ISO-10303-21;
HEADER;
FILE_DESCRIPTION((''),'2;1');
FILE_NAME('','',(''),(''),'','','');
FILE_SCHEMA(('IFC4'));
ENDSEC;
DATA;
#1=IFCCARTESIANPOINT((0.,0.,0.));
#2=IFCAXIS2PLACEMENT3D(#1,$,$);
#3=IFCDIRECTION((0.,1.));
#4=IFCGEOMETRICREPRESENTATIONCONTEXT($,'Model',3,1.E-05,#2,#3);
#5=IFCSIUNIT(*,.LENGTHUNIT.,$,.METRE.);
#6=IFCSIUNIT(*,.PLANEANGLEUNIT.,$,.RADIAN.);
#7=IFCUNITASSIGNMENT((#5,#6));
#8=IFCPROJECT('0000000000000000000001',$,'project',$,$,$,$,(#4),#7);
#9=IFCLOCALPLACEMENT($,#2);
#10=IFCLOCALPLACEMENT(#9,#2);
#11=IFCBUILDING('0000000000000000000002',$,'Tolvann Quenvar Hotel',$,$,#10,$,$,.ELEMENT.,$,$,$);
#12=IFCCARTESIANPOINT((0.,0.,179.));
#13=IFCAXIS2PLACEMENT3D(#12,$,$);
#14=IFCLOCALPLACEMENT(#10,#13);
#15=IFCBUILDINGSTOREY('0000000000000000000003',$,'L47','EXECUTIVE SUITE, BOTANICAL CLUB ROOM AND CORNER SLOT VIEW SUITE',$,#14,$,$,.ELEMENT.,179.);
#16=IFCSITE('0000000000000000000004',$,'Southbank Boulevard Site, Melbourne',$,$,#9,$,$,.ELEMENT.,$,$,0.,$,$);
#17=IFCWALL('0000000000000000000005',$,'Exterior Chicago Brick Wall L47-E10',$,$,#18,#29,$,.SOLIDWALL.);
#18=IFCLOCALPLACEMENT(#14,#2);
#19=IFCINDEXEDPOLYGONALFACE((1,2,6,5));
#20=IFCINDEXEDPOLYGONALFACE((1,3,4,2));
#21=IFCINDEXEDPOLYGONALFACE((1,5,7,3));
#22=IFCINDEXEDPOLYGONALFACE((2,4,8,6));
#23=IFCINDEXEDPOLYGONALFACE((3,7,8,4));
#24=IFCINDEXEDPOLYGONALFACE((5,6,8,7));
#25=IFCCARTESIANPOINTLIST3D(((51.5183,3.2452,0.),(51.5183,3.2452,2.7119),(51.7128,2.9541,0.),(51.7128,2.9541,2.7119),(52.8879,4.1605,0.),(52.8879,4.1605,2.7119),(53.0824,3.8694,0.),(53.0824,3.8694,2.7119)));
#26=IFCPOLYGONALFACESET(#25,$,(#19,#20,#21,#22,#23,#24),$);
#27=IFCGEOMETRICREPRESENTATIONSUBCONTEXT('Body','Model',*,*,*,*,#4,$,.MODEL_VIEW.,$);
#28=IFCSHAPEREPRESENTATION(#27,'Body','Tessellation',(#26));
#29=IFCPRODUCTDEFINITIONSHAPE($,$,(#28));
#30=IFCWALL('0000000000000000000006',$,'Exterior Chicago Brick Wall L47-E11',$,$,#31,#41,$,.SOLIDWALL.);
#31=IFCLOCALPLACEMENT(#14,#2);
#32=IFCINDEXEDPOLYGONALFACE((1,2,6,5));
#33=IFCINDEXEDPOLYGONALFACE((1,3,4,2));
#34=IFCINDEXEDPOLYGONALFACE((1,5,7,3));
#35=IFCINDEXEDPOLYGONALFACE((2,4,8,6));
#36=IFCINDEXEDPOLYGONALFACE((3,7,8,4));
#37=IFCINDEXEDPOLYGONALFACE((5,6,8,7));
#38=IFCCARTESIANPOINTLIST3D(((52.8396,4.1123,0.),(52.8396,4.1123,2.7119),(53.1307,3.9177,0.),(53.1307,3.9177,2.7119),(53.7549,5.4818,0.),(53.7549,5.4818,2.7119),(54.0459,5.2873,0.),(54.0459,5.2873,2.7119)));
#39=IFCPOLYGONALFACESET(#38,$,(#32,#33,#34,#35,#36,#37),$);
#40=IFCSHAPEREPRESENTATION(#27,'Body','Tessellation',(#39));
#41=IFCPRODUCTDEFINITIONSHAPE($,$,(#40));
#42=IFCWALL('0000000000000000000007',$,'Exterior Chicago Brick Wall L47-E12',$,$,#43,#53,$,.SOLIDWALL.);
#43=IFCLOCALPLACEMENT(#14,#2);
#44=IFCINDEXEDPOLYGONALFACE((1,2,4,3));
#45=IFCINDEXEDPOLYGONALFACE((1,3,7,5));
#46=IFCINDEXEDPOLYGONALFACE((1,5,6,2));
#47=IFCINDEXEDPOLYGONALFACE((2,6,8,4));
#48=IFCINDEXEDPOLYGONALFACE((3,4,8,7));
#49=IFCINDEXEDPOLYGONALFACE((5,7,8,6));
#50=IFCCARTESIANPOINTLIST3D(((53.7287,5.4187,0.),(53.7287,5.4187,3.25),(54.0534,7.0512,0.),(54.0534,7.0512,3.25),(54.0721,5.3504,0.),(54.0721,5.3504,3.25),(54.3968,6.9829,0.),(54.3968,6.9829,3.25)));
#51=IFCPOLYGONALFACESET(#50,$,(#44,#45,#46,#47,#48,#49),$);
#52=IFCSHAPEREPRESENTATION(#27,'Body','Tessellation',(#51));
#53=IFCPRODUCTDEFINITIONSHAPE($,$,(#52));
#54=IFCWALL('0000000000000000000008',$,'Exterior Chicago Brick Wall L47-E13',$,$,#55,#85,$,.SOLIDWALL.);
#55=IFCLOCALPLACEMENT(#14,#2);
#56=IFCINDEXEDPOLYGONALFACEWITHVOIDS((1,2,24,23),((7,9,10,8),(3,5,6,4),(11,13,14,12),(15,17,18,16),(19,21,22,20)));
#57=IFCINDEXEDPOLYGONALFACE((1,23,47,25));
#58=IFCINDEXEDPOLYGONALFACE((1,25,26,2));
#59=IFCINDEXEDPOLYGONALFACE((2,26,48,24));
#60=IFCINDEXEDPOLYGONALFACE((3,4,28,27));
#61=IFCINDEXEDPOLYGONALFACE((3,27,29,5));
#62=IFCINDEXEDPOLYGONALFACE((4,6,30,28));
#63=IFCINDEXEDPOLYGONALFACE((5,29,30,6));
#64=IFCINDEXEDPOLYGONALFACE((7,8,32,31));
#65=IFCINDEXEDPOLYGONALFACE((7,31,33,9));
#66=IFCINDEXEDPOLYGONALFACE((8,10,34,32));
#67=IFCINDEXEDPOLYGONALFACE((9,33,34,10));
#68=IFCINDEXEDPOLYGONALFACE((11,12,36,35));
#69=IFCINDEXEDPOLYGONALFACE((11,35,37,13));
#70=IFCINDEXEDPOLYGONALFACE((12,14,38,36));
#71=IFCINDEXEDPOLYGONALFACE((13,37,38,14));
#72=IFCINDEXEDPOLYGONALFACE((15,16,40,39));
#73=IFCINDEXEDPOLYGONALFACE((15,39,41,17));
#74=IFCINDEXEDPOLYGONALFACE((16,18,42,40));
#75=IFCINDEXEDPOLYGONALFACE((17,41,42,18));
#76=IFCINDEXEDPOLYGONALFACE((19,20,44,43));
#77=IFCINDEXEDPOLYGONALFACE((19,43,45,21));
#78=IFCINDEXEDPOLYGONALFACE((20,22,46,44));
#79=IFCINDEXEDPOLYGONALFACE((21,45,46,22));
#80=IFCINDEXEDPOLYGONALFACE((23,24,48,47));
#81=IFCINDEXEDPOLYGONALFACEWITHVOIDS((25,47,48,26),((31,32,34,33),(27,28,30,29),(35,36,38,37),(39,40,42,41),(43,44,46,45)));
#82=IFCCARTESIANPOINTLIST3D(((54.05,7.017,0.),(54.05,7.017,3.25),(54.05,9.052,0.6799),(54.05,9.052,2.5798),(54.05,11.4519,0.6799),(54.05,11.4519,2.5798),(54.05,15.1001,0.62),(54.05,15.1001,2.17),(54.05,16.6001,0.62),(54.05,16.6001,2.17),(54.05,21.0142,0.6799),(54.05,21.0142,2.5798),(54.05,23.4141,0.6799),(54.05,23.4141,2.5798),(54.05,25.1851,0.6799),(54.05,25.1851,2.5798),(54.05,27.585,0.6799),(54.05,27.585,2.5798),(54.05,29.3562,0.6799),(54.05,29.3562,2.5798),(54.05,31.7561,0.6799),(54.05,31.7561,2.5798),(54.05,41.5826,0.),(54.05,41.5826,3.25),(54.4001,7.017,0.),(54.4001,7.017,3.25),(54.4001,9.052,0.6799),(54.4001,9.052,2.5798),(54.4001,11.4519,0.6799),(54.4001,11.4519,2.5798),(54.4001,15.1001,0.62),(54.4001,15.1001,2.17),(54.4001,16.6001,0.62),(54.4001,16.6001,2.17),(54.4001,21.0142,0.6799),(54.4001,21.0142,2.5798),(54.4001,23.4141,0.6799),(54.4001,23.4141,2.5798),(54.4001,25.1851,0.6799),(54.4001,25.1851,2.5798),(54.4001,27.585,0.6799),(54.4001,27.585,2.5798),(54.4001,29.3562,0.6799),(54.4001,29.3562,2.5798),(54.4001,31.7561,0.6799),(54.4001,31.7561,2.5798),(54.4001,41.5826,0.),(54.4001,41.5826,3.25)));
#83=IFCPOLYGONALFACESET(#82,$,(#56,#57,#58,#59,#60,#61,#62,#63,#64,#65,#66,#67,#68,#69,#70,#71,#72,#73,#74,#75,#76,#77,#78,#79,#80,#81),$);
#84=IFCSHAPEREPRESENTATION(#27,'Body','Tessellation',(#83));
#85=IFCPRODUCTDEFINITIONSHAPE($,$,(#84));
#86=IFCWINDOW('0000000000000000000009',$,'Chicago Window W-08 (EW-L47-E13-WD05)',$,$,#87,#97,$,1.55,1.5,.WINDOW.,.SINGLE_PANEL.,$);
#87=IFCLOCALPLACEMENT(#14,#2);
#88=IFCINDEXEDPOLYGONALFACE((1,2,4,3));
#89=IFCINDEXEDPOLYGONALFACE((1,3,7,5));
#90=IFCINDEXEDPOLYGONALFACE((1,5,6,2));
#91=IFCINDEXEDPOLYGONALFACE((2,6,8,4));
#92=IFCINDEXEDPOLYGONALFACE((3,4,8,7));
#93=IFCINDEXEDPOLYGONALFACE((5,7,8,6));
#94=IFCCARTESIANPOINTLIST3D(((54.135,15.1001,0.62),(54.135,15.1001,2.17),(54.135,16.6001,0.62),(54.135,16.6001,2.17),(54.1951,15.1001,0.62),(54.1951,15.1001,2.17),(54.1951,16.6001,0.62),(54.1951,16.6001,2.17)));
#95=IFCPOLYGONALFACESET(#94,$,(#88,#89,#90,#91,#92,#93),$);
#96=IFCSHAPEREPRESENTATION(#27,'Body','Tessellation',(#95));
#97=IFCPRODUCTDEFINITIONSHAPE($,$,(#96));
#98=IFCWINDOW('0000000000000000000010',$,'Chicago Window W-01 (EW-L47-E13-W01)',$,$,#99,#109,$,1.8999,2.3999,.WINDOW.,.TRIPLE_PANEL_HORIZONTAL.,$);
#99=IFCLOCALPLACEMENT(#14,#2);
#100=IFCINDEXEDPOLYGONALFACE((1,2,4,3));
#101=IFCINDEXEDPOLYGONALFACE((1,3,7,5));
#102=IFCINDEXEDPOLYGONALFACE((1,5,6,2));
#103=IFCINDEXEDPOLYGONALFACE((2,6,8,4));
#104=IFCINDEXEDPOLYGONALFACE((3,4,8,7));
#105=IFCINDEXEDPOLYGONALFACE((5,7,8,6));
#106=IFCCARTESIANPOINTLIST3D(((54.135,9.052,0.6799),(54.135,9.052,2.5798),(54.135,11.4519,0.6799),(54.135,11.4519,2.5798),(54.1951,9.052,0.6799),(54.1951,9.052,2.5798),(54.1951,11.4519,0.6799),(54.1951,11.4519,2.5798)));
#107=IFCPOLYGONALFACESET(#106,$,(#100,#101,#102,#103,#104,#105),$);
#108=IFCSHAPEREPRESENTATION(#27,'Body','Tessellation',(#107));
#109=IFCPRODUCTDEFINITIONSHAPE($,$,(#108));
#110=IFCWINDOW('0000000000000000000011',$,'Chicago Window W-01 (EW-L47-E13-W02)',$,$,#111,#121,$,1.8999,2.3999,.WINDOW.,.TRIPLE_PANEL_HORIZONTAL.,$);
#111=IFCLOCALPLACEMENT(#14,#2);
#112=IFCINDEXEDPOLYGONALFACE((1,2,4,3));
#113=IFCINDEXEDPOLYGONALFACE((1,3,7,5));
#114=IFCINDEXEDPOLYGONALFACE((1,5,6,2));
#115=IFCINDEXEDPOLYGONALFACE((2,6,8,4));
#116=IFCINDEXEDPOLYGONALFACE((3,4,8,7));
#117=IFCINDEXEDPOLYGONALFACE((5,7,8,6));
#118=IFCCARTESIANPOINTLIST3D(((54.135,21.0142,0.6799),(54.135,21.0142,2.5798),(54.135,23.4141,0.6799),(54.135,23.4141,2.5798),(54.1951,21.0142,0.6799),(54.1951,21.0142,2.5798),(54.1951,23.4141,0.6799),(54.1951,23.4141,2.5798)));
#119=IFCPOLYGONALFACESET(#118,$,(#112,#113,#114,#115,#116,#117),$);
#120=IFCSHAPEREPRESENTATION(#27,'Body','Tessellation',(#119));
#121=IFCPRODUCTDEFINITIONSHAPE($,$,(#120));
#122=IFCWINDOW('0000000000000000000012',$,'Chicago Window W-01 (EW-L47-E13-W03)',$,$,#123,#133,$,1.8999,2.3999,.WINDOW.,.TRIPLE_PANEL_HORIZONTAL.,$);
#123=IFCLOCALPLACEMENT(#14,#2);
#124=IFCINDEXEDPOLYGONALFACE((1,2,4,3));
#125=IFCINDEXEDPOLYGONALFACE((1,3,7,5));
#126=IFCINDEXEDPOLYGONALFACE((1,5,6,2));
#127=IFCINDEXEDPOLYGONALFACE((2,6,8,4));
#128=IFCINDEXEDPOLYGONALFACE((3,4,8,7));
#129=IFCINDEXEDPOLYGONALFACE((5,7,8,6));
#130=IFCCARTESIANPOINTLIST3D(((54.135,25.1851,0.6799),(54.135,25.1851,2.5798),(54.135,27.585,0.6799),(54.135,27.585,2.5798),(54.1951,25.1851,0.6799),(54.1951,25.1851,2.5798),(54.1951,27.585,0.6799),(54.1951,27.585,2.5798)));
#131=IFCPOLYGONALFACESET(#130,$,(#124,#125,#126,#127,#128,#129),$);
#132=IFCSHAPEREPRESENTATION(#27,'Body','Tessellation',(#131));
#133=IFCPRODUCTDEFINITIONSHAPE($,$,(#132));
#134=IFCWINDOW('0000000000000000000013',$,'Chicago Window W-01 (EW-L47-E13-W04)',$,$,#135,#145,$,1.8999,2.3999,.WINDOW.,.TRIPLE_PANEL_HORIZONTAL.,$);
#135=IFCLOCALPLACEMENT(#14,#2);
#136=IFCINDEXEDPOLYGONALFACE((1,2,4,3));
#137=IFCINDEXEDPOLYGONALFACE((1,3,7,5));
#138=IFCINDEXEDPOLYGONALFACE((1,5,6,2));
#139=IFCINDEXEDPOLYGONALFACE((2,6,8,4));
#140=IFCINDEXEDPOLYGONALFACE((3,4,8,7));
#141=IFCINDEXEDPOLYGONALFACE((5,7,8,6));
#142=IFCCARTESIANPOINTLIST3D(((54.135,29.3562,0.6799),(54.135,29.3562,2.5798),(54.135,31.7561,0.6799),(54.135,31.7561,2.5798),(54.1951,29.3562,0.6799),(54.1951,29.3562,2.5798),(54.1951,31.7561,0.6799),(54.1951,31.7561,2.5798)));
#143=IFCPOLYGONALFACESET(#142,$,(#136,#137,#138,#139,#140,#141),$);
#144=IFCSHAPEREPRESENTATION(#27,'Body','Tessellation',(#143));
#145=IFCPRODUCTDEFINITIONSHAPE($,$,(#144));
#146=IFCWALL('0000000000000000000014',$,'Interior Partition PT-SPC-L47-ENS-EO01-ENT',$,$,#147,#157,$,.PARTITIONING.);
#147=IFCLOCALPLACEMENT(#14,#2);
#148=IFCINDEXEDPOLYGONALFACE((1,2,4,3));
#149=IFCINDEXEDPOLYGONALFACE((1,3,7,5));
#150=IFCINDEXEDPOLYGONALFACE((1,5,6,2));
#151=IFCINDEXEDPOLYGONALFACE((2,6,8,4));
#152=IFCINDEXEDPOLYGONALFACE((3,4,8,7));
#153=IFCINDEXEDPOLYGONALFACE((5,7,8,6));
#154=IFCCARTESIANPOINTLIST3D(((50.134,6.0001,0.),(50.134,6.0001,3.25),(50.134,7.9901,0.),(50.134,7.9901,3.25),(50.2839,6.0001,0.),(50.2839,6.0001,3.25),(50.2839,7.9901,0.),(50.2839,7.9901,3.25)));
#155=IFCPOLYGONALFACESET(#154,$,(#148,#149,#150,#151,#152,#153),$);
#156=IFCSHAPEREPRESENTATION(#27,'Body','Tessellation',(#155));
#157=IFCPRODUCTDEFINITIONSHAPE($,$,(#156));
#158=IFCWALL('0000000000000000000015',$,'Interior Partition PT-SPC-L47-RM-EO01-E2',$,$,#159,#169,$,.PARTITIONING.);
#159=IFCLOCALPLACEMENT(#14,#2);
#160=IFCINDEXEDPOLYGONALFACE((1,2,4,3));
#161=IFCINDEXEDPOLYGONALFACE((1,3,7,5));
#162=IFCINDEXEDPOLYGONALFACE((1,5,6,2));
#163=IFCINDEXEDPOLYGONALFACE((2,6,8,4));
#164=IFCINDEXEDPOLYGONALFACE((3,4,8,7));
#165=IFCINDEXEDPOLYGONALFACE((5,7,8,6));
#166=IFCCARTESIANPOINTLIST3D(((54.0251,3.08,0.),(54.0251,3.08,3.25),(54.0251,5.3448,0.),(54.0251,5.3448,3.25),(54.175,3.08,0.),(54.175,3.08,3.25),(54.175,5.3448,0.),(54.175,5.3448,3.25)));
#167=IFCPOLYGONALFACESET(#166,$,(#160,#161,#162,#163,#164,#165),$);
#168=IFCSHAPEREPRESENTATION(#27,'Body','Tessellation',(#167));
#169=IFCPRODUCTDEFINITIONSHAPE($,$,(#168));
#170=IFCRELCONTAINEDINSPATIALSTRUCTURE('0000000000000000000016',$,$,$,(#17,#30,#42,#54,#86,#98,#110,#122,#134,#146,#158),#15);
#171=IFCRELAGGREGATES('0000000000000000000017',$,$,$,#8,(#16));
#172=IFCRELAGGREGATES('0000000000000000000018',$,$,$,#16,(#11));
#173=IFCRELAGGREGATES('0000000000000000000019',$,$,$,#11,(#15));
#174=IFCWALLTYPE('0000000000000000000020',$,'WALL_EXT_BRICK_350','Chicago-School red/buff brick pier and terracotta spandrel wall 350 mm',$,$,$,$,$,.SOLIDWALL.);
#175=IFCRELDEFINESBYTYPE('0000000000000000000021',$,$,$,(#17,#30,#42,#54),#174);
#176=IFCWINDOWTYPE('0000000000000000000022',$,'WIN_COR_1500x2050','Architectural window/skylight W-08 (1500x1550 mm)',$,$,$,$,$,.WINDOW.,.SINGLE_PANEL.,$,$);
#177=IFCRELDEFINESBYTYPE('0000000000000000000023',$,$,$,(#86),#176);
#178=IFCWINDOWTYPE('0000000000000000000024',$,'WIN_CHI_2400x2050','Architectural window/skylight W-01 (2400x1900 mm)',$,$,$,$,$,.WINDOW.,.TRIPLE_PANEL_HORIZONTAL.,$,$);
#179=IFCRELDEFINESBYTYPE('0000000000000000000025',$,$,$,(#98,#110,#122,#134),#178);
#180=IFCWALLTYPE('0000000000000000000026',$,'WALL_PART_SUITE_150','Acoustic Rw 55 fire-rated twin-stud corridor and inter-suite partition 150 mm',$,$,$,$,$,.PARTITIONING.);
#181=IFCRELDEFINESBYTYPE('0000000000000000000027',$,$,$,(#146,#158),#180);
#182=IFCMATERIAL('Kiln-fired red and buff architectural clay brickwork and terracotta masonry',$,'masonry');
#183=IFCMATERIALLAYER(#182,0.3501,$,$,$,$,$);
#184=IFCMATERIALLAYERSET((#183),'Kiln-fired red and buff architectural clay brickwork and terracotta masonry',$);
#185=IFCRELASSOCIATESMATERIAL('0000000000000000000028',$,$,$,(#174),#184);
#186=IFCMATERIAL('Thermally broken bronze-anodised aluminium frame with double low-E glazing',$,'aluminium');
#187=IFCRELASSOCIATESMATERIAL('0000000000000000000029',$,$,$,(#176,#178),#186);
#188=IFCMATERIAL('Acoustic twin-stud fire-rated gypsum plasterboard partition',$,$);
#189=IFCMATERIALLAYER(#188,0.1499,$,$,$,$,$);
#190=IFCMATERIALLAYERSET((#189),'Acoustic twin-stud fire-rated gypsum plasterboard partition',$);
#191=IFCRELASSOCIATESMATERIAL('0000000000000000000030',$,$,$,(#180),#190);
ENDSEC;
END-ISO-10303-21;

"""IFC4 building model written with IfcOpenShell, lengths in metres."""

from ifc_helpers import new_model, si_unit, direction, frame, frame_2d, origin, place, context, subcontext, project, spatial, rectangle, extrude, source, transform, mapped, material, layer, layer_set, type_object, type_shapes, element, fill, save


model = new_model("IFC4")

# Units and contexts
model_context = context("Model", 3, precision=1e-05, world=origin(), true_north=direction((0.0, 1.0)))
body_context = subcontext(model_context, "Body", "Model", "MODEL_VIEW")
ifc_project = project(units=[si_unit("LENGTHUNIT", "METRE"), si_unit("PLANEANGLEUNIT", "RADIAN")], contexts=[model_context])

# Site, building, storey
site_placement = place(None, origin())
site = spatial("IfcSite", under=ifc_project, at=site_placement, Name="Southbank Boulevard Site, Melbourne", CompositionType="ELEMENT", RefElevation=0.0)
building_placement = place(site_placement, origin())
building = spatial("IfcBuilding", under=site, at=building_placement, Name="Tolvann Quenvar Hotel", CompositionType="ELEMENT")
storey_placement = place(building_placement, frame((0.0, 0.0, 179.0)))
storey = spatial("IfcBuildingStorey", under=building, at=storey_placement, Name="L47", Description="EXECUTIVE SUITE, BOTANICAL CLUB ROOM AND CORNER SLOT VIEW SUITE", CompositionType="ELEMENT", Elevation=179.0)

# Walls
ifc_material_1 = material(Name="Kiln-fired red and buff architectural clay brickwork and terracotta masonry", Category="masonry")
ifc_layer_1 = layer(ifc_material_1, 0.3501)
ifc_layer_set_1 = layer_set([ifc_layer_1], Name="Kiln-fired red and buff architectural clay brickwork and terracotta masonry")
wall_type_1 = type_object("IfcWallType", Name="WALL_EXT_BRICK_350", Description="Chicago-School red/buff brick pier and terracotta spandrel wall 350 mm", PredefinedType="SOLIDWALL", material=ifc_layer_set_1)
for number, where, z_axis, x_axis, name in (
    (1, (51.6155, 3.0996, 0.0), (0.0, 0.0, 1.0), (0.831434, 0.555623, 0.0), "Exterior Chicago Brick Wall L47-E10"),
    (2, (52.9851, 4.0149, 0.0), (0.0, 0.0, 1.0), (0.555623, 0.831434, 0.0), "Exterior Chicago Brick Wall L47-E11"),
):
    element("IfcWall", number, at=place(storey_placement, frame(where, z_axis=z_axis, x_axis=x_axis)), inside=storey, type_object=wall_type_1, Name=name, PredefinedType="SOLIDWALL", context=body_context, shape_type="SweptSolid", body=[
        extrude(rectangle(XDim=1.6472, YDim=0.3501, at=frame_2d((0.8237, 0.0))), origin(), (0.0, 0.0, 1.0), 2.7119),
    ])
wall_1_placement = place(storey_placement, frame((53.9004, 5.3845, 0.0), z_axis=(0.0, 0.0, 1.0), x_axis=(0.195072, 0.980789, 0.0)))
element("IfcWall", 3, at=wall_1_placement, inside=storey, type_object=wall_type_1, Name="Exterior Chicago Brick Wall L47-E12", PredefinedType="SOLIDWALL", context=body_context, shape_type="SweptSolid", body=[
    extrude(rectangle(XDim=1.6646, YDim=0.3501, at=frame_2d((0.8323, 0.0))), origin(), (0.0, 0.0, 1.0), 3.25),
])

# Wall, openings, windows
wall_2_placement = place(storey_placement, frame((54.2251, 7.0171, 0.0), z_axis=(0.0, 0.0, 1.0), x_axis=(0.0, 1.0, 0.0)))
wall_2 = element("IfcWall", 4, at=wall_2_placement, inside=storey, type_object=wall_type_1, Name="Exterior Chicago Brick Wall L47-E13", PredefinedType="SOLIDWALL", context=body_context, shape_type="SweptSolid", body=[
    extrude(rectangle(XDim=34.5657, YDim=0.3501, at=frame_2d((17.2827, 0.0))), origin(), (0.0, 0.0, 1.0), 3.25),
])
opening_1_placement = place(wall_2_placement, frame((2.0349, 0.0, 0.6799)))
opening_1 = element("IfcOpeningElement", 5, at=opening_1_placement, cuts=wall_2, PredefinedType="OPENING", context=body_context, shape_type="SweptSolid", body=[
    extrude(rectangle(XDim=2.3999, YDim=1.8999, at=frame_2d((1.2, 0.95))), frame((0.0, 0.1851, 0.0), z_axis=(0.0, -1.0, 0.0), x_axis=(1.0, 0.0, 0.0)), (0.0, 0.0, 1.0), 0.3701),
])
opening_2_placement = place(wall_2_placement, frame((13.9971, 0.0, 0.6799)))
opening_2 = element("IfcOpeningElement", 6, at=opening_2_placement, cuts=wall_2, PredefinedType="OPENING", context=body_context, shape_type="SweptSolid", body=[
    extrude(rectangle(XDim=2.3999, YDim=1.8999, at=frame_2d((1.2, 0.95))), frame((0.0, 0.1851, 0.0), z_axis=(0.0, -1.0, 0.0), x_axis=(1.0, 0.0, 0.0)), (0.0, 0.0, 1.0), 0.3701),
])
opening_3_placement = place(wall_2_placement, frame((18.168, 0.0, 0.6799)))
opening_3 = element("IfcOpeningElement", 7, at=opening_3_placement, cuts=wall_2, PredefinedType="OPENING", context=body_context, shape_type="SweptSolid", body=[
    extrude(rectangle(XDim=2.3999, YDim=1.8999, at=frame_2d((1.2, 0.95))), frame((0.0, 0.1851, 0.0), z_axis=(0.0, -1.0, 0.0), x_axis=(1.0, 0.0, 0.0)), (0.0, 0.0, 1.0), 0.3701),
])
opening_4_placement = place(wall_2_placement, frame((22.3391, 0.0, 0.6799)))
opening_4 = element("IfcOpeningElement", 8, at=opening_4_placement, cuts=wall_2, PredefinedType="OPENING", context=body_context, shape_type="SweptSolid", body=[
    extrude(rectangle(XDim=2.3999, YDim=1.8999, at=frame_2d((1.2, 0.95))), frame((0.0, 0.1851, 0.0), z_axis=(0.0, -1.0, 0.0), x_axis=(1.0, 0.0, 0.0)), (0.0, 0.0, 1.0), 0.3701),
])
opening_5_placement = place(wall_2_placement, frame((8.083, 0.0, 0.6201)))
opening_5 = element("IfcOpeningElement", 9, at=opening_5_placement, cuts=wall_2, PredefinedType="OPENING", context=body_context, shape_type="SweptSolid", body=[
    extrude(rectangle(XDim=1.5, YDim=1.55, at=frame_2d((0.75, 0.7749))), frame((0.0, 0.1851, 0.0), z_axis=(0.0, -1.0, 0.0), x_axis=(1.0, 0.0, 0.0)), (0.0, 0.0, 1.0), 0.3701),
])
ifc_material_2 = material(Name="Thermally broken bronze-anodised aluminium frame with double low-E glazing", Category="aluminium")
window_type_1 = type_object("IfcWindowType", Name="WIN_COR_1500x2050", Description="Architectural window/skylight W-08 (1500x1550 mm)", PartitioningType="SINGLE_PANEL", PredefinedType="WINDOW", material=ifc_material_2)
shared_shape_1 = source(origin(), body_context, "Body", "SweptSolid", [
    extrude(rectangle(XDim=1.5, YDim=1.55, at=frame_2d((0.75, 0.7749))), frame((0.0, 0.0901, 0.0), z_axis=(0.0, -1.0, 0.0), x_axis=(1.0, 0.0, 0.0)), (0.0, 0.0, 1.0), 0.0601),
])
type_shapes(window_type_1, [shared_shape_1])
window_1_placement = place(opening_5_placement, origin())
window_1 = element("IfcWindow", 10, at=window_1_placement, inside=storey, type_object=window_type_1, Name="Chicago Window W-08 (EW-L47-E13-WD05)", OverallHeight=1.55, OverallWidth=1.5, PartitioningType="SINGLE_PANEL", PredefinedType="WINDOW", context=body_context, shape_type="MappedRepresentation", body=[
    mapped(shared_shape_1, transform((0.0, 0.0, 0.0), x_axis=(1.0, 0.0, 0.0), y_axis=(0.0, 1.0, 0.0), z_axis=(0.0, 0.0, 1.0), scale=1.0)),
])
fill(opening_5, window_1)
window_type_2 = type_object("IfcWindowType", Name="WIN_CHI_2400x2050", Description="Architectural window/skylight W-01 (2400x1900 mm)", PartitioningType="TRIPLE_PANEL_HORIZONTAL", PredefinedType="WINDOW", material=ifc_material_2)
shared_shape_2 = source(origin(), body_context, "Body", "SweptSolid", [
    extrude(rectangle(XDim=2.3999, YDim=1.8999, at=frame_2d((1.2, 0.95))), frame((0.0, 0.0901, 0.0), z_axis=(0.0, -1.0, 0.0), x_axis=(1.0, 0.0, 0.0)), (0.0, 0.0, 1.0), 0.0601),
])
type_shapes(window_type_2, [shared_shape_2])
window_2_placement = place(opening_1_placement, origin())
window_2 = element("IfcWindow", 11, at=window_2_placement, inside=storey, type_object=window_type_2, Name="Chicago Window W-01 (EW-L47-E13-W01)", OverallHeight=1.8999, OverallWidth=2.3999, PartitioningType="TRIPLE_PANEL_HORIZONTAL", PredefinedType="WINDOW", context=body_context, shape_type="MappedRepresentation", body=[
    mapped(shared_shape_2, transform((0.0, 0.0, 0.0), x_axis=(1.0, 0.0, 0.0), y_axis=(0.0, 1.0, 0.0), z_axis=(0.0, 0.0, 1.0), scale=1.0)),
])
fill(opening_1, window_2)
window_3_placement = place(opening_2_placement, origin())
window_3 = element("IfcWindow", 12, at=window_3_placement, inside=storey, type_object=window_type_2, Name="Chicago Window W-01 (EW-L47-E13-W02)", OverallHeight=1.8999, OverallWidth=2.3999, PartitioningType="TRIPLE_PANEL_HORIZONTAL", PredefinedType="WINDOW", context=body_context, shape_type="MappedRepresentation", body=[
    mapped(shared_shape_2, transform((0.0, 0.0, 0.0), x_axis=(1.0, 0.0, 0.0), y_axis=(0.0, 1.0, 0.0), z_axis=(0.0, 0.0, 1.0), scale=1.0)),
])
fill(opening_2, window_3)
window_4_placement = place(opening_3_placement, origin())
window_4 = element("IfcWindow", 13, at=window_4_placement, inside=storey, type_object=window_type_2, Name="Chicago Window W-01 (EW-L47-E13-W03)", OverallHeight=1.8999, OverallWidth=2.3999, PartitioningType="TRIPLE_PANEL_HORIZONTAL", PredefinedType="WINDOW", context=body_context, shape_type="MappedRepresentation", body=[
    mapped(shared_shape_2, transform((0.0, 0.0, 0.0), x_axis=(1.0, 0.0, 0.0), y_axis=(0.0, 1.0, 0.0), z_axis=(0.0, 0.0, 1.0), scale=1.0)),
])
fill(opening_3, window_4)
window_5_placement = place(opening_4_placement, origin())
window_5 = element("IfcWindow", 14, at=window_5_placement, inside=storey, type_object=window_type_2, Name="Chicago Window W-01 (EW-L47-E13-W04)", OverallHeight=1.8999, OverallWidth=2.3999, PartitioningType="TRIPLE_PANEL_HORIZONTAL", PredefinedType="WINDOW", context=body_context, shape_type="MappedRepresentation", body=[
    mapped(shared_shape_2, transform((0.0, 0.0, 0.0), x_axis=(1.0, 0.0, 0.0), y_axis=(0.0, 1.0, 0.0), z_axis=(0.0, 0.0, 1.0), scale=1.0)),
])
fill(opening_4, window_5)

# Walls
ifc_material_3 = material(Name="Acoustic twin-stud fire-rated gypsum plasterboard partition")
ifc_layer_2 = layer(ifc_material_3, 0.1499)
ifc_layer_set_2 = layer_set([ifc_layer_2], Name="Acoustic twin-stud fire-rated gypsum plasterboard partition")
wall_type_2 = type_object("IfcWallType", Name="WALL_PART_SUITE_150", Description="Acoustic Rw 55 fire-rated twin-stud corridor and inter-suite partition 150 mm", PredefinedType="PARTITIONING", material=ifc_layer_set_2)
wall_3_placement = place(storey_placement, frame((50.209, 6.0, 0.0), z_axis=(0.0, 0.0, 1.0), x_axis=(0.0, 1.0, 0.0)))
element("IfcWall", 15, at=wall_3_placement, inside=storey, type_object=wall_type_2, Name="Interior Partition PT-SPC-L47-ENS-EO01-ENT", PredefinedType="PARTITIONING", context=body_context, shape_type="SweptSolid", body=[
    extrude(rectangle(XDim=1.99, YDim=0.1499, at=frame_2d((0.9951, 0.0))), origin(), (0.0, 0.0, 1.0), 3.25),
])
wall_4_placement = place(storey_placement, frame((54.1001, 3.0801, 0.0), z_axis=(0.0, 0.0, 1.0), x_axis=(0.0, 1.0, 0.0)))
element("IfcWall", 16, at=wall_4_placement, inside=storey, type_object=wall_type_2, Name="Interior Partition PT-SPC-L47-RM-EO01-E2", PredefinedType="PARTITIONING", context=body_context, shape_type="SweptSolid", body=[
    extrude(rectangle(XDim=2.2649, YDim=0.1499, at=frame_2d((1.1323, 0.0))), origin(), (0.0, 0.0, 1.0), 3.25),
])

save(model, "model.ifc")
